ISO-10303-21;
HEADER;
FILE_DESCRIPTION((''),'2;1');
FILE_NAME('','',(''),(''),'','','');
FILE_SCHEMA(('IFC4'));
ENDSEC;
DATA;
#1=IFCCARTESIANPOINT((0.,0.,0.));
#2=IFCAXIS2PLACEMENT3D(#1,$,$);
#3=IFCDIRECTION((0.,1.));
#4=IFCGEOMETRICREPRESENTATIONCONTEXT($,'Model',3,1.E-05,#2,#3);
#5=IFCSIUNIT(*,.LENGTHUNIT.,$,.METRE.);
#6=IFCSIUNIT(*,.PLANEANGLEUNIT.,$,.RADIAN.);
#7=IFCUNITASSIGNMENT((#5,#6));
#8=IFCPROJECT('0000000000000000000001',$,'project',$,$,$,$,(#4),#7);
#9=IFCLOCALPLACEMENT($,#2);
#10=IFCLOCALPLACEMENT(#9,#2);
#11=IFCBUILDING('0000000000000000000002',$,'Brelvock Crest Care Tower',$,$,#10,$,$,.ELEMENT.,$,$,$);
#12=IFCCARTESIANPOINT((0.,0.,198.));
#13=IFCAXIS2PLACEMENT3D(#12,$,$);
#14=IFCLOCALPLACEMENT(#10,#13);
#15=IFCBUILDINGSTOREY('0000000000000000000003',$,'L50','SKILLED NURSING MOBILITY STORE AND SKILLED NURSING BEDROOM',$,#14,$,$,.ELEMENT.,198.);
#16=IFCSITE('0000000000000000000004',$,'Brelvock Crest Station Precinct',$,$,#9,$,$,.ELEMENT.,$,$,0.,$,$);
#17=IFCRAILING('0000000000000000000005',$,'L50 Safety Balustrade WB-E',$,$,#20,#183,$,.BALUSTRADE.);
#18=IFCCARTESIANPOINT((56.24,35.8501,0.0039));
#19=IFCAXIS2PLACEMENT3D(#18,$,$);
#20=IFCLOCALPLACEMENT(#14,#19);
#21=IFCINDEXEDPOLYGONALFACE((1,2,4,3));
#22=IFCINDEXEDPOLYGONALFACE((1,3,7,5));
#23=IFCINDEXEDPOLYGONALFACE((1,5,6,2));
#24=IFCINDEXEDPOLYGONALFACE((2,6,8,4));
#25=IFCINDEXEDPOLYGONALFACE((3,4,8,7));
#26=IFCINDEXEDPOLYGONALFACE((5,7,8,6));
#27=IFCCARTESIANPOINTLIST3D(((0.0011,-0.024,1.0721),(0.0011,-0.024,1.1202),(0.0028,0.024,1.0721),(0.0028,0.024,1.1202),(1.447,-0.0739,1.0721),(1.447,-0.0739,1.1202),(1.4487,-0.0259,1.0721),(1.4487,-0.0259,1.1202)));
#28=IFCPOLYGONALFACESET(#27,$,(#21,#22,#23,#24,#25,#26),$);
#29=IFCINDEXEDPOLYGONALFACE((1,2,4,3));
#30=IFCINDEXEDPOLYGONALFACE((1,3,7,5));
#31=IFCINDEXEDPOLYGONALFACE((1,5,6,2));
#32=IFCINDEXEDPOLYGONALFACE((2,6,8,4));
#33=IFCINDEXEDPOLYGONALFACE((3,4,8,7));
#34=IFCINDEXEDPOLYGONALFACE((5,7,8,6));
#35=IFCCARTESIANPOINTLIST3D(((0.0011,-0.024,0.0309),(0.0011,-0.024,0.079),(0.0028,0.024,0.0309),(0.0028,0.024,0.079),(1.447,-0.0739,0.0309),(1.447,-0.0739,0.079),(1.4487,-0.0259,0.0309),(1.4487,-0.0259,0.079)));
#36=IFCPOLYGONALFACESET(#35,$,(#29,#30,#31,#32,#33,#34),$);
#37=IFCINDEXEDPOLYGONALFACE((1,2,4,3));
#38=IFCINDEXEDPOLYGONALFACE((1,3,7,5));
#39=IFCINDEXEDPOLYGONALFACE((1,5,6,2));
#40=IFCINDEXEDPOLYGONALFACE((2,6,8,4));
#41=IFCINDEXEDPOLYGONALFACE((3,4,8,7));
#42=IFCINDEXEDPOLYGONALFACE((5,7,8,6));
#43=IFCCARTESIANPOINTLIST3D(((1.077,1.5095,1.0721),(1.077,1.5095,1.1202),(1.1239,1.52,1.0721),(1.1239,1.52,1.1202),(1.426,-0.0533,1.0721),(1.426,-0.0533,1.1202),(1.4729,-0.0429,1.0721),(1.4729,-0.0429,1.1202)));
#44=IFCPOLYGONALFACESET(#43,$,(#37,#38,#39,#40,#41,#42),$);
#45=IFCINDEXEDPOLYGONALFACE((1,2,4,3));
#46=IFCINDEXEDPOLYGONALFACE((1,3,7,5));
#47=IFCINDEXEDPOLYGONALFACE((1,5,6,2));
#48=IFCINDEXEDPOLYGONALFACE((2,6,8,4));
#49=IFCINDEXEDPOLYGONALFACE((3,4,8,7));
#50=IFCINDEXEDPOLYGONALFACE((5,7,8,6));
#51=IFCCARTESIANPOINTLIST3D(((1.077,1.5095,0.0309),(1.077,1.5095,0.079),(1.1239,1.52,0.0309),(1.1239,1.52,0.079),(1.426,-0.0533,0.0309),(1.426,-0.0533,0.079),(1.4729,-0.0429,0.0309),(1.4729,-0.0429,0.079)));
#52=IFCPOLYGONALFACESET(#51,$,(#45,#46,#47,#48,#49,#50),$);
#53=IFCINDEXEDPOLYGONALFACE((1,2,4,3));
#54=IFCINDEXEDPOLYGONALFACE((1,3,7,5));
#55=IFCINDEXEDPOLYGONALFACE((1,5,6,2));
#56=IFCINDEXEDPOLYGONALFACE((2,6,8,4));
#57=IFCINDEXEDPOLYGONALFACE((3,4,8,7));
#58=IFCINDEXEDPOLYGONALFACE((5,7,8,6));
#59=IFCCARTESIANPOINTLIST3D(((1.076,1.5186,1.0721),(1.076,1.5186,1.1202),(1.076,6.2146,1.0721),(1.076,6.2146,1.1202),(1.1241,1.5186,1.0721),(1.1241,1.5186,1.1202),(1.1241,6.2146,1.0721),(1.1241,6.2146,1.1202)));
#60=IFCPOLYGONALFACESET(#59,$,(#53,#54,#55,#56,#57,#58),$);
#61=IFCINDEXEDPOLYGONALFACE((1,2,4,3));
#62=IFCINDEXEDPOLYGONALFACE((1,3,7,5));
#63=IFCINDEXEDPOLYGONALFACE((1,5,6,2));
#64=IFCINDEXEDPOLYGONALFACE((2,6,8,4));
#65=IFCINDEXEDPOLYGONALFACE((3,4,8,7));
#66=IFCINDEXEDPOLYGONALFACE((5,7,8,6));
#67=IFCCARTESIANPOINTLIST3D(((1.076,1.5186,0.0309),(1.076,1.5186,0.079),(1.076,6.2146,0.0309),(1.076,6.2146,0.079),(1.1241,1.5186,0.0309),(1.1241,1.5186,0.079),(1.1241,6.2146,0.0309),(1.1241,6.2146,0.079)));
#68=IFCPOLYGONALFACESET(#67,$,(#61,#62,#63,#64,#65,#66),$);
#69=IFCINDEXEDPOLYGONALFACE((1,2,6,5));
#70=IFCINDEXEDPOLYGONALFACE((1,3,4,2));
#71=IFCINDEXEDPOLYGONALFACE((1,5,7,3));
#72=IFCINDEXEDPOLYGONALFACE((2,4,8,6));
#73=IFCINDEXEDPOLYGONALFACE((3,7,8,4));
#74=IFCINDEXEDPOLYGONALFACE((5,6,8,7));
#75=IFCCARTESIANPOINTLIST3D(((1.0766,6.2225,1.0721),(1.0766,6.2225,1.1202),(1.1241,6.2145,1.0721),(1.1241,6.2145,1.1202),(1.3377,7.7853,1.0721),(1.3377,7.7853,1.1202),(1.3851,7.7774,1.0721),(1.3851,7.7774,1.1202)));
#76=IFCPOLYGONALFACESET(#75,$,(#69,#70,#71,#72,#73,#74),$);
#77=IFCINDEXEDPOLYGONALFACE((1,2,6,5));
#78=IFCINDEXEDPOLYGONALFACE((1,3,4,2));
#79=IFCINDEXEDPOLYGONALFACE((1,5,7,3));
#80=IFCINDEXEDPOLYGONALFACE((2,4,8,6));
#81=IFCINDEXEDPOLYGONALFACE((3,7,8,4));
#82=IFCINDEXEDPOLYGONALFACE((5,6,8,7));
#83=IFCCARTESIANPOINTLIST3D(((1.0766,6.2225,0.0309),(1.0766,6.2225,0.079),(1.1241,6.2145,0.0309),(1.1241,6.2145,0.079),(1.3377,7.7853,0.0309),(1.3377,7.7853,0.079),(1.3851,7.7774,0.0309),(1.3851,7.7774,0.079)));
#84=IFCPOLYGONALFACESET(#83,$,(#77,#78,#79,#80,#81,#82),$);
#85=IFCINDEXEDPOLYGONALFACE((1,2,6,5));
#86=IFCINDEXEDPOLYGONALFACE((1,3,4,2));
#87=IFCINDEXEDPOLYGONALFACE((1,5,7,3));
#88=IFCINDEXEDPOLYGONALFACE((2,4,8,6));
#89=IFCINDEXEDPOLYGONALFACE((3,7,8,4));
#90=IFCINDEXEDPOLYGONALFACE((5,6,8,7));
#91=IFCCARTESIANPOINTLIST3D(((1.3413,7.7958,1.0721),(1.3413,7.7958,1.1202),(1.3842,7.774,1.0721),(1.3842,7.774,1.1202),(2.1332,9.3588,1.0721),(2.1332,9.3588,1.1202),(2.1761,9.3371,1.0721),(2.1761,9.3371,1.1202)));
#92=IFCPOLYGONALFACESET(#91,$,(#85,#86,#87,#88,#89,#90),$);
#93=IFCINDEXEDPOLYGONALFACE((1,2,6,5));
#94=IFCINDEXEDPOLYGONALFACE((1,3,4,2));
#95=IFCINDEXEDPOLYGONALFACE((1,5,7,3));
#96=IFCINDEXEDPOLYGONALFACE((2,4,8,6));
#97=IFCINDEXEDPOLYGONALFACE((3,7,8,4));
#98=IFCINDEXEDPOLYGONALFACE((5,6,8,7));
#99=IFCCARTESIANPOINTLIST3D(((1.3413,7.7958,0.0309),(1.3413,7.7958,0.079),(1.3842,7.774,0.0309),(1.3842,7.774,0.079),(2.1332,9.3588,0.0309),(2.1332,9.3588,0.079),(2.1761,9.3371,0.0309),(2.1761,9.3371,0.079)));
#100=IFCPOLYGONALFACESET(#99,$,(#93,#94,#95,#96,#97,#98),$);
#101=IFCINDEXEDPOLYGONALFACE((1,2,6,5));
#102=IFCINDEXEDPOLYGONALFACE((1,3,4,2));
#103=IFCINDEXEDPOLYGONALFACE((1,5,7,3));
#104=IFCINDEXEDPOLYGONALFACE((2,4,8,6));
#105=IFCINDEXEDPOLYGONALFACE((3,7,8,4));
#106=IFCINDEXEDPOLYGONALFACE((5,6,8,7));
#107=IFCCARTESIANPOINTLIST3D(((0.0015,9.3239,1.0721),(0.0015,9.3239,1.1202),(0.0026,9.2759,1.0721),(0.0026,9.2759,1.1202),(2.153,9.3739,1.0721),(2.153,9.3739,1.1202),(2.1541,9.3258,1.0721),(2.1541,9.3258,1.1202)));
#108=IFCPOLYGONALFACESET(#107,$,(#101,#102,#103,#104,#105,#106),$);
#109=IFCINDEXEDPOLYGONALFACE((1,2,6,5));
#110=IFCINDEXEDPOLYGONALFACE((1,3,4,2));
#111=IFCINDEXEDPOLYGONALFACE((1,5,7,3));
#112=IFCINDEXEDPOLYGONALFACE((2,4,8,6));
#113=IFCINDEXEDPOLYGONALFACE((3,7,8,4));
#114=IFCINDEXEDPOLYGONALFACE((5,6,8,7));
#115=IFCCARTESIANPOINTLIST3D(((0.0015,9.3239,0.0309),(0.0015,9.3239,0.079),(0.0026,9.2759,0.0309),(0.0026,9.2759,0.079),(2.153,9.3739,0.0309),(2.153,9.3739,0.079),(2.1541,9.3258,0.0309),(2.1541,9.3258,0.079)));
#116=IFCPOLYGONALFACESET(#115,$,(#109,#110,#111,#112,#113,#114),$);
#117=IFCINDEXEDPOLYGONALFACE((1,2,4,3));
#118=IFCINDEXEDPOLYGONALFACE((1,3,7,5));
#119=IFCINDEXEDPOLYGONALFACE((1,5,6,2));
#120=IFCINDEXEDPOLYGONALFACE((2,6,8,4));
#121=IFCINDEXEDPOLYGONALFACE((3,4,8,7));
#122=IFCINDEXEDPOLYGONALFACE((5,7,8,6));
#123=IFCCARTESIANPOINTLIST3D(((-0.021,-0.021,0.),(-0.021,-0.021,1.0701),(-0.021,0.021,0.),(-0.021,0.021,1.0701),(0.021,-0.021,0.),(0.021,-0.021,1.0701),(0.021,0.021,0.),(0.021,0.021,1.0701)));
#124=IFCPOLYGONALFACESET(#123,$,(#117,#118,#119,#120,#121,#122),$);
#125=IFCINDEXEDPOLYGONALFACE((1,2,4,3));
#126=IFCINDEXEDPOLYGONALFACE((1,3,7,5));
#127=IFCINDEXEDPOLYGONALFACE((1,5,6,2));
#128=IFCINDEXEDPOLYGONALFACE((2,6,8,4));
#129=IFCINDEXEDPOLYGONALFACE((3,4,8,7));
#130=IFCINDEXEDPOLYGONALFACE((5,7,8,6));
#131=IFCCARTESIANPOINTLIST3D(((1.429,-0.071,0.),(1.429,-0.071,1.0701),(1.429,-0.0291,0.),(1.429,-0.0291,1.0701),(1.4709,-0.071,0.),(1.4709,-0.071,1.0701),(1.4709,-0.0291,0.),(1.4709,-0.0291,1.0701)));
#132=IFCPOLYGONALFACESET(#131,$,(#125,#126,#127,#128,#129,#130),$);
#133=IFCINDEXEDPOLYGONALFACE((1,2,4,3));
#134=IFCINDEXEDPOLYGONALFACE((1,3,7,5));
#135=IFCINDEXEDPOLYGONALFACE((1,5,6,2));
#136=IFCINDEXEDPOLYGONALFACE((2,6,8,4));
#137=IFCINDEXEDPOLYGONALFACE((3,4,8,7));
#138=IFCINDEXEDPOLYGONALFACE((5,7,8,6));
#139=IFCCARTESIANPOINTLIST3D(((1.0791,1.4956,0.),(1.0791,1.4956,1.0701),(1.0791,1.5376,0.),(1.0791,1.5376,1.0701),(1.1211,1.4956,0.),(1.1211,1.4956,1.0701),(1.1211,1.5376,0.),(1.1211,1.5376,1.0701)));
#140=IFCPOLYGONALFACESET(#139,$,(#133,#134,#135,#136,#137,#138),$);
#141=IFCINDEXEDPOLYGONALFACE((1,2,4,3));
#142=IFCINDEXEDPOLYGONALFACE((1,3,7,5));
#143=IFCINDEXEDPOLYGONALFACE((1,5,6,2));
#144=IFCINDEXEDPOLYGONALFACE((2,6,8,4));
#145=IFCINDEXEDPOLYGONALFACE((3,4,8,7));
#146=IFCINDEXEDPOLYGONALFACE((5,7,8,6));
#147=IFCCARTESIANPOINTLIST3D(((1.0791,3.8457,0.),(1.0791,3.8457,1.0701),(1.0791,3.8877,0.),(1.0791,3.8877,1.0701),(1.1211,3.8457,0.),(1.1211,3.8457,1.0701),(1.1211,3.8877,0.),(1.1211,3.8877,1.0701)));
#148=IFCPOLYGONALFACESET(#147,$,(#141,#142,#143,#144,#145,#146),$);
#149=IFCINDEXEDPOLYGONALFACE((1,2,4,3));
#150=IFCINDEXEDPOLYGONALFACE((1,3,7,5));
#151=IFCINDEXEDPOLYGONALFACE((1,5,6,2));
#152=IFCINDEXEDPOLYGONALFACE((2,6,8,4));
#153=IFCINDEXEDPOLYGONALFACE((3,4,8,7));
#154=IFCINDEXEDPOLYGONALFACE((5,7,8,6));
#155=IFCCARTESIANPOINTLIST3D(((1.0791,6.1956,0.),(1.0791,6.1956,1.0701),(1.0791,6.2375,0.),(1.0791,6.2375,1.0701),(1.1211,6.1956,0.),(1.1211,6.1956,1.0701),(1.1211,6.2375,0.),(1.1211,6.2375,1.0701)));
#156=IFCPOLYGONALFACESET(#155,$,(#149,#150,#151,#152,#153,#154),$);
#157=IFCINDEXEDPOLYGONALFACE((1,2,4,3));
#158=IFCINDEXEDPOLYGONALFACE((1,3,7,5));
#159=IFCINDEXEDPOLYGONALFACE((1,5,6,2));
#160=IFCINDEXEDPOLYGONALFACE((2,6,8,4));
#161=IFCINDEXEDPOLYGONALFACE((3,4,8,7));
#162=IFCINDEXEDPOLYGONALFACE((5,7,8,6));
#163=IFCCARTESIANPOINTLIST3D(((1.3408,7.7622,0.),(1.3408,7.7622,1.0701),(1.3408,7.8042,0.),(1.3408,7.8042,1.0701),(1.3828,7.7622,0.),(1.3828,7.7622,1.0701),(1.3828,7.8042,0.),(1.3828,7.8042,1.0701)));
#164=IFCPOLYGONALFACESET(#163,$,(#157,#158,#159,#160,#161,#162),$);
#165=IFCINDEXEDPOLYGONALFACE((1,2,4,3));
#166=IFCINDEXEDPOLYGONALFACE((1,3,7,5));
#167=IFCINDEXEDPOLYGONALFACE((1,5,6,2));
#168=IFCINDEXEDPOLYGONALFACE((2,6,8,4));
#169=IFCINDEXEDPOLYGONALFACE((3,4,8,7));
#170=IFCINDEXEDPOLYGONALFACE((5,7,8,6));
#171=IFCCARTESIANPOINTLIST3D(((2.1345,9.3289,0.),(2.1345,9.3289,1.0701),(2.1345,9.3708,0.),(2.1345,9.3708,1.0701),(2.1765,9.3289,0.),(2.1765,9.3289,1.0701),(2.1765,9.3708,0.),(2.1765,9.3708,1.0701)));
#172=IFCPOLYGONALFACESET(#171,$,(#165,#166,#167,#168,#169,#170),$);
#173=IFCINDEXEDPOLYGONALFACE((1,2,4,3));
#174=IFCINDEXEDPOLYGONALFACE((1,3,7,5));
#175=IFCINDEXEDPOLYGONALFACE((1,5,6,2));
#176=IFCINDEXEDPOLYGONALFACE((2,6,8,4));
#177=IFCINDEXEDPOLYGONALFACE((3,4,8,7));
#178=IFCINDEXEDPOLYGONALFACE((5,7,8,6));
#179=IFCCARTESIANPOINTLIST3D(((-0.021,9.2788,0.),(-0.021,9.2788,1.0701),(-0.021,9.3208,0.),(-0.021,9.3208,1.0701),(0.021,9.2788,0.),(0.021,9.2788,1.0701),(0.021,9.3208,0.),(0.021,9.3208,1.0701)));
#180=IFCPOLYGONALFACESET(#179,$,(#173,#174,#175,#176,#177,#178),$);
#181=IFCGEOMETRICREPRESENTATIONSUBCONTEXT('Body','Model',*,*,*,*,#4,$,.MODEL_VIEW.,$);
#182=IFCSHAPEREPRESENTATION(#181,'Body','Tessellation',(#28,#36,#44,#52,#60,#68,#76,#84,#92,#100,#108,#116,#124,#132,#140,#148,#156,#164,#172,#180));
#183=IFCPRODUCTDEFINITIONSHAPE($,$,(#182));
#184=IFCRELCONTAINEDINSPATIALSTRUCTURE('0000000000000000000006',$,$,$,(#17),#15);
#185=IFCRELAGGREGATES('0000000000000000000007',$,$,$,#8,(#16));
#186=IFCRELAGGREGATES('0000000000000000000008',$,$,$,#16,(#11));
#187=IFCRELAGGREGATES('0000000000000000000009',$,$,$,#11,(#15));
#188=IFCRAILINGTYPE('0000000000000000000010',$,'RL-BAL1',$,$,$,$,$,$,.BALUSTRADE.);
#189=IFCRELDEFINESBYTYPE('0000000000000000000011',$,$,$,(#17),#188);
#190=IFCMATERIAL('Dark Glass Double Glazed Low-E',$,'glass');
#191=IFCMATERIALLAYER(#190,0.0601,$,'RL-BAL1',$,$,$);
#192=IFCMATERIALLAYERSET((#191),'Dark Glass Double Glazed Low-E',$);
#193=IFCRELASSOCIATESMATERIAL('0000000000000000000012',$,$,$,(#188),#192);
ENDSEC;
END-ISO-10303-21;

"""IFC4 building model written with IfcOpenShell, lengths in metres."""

from ifc_helpers import new_model, si_unit, direction, frame, origin, origin_2d, place, context, subcontext, project, spatial, rectangle, extrude, material, layer, layer_set, type_object, element, save


model = new_model("IFC4")

# Units and contexts
model_context = context("Model", 3, precision=1e-05, world=origin(), true_north=direction((0.0, 1.0)))
body_context = subcontext(model_context, "Body", "Model", "MODEL_VIEW")
ifc_project = project(units=[si_unit("LENGTHUNIT", "METRE"), si_unit("PLANEANGLEUNIT", "RADIAN")], contexts=[model_context])

# Site, building, storey
site_placement = place(None, origin())
site = spatial("IfcSite", under=ifc_project, at=site_placement, Name="Brelvock Crest Station Precinct", CompositionType="ELEMENT", RefElevation=0.0)
building_placement = place(site_placement, origin())
building = spatial("IfcBuilding", under=site, at=building_placement, Name="Brelvock Crest Care Tower", CompositionType="ELEMENT")
storey_placement = place(building_placement, frame((0.0, 0.0, 198.0)))
storey = spatial("IfcBuildingStorey", under=building, at=storey_placement, Name="L50", Description="SKILLED NURSING MOBILITY STORE AND SKILLED NURSING BEDROOM", CompositionType="ELEMENT", Elevation=198.0)

# Shared definitions
ifc_material_1 = material(Name="Dark Glass Double Glazed Low-E", Category="glass")

# Railing
ifc_layer_1 = layer(ifc_material_1, 0.0601, Name="RL-BAL1")
ifc_layer_set_1 = layer_set([ifc_layer_1], Name="Dark Glass Double Glazed Low-E")
railing_type = type_object("IfcRailingType", Name="RL-BAL1", PredefinedType="BALUSTRADE", material=ifc_layer_set_1)
railing_placement = place(storey_placement, frame((56.24, 35.8501, 0.0039)))
element("IfcRailing", 1, at=railing_placement, inside=storey, type_object=railing_type, Name="L50 Safety Balustrade WB-E", PredefinedType="BALUSTRADE", context=body_context, shape_type="SweptSolid", body=[
    extrude(rectangle(XDim=0.0481, YDim=0.0481, at=origin_2d()), frame((0.002, 0.0, 1.0962), z_axis=(0.999405, -0.034497, 0.0), x_axis=(0.034497, 0.999405, 0.0)), (0.0, 0.0, 1.0), 1.4468),
    extrude(rectangle(XDim=0.0481, YDim=0.0481, at=origin_2d()), frame((0.002, 0.0, 0.0549), z_axis=(0.999405, -0.034497, 0.0), x_axis=(0.034497, 0.999405, 0.0)), (0.0, 0.0, 1.0), 1.4468),
    extrude(rectangle(XDim=0.0481, YDim=0.0481, at=origin_2d()), frame((1.4495, -0.0481, 1.0962), z_axis=(-0.217945, 0.975961, 0.0), x_axis=(-0.975961, -0.217945, 0.0)), (0.0, 0.0, 1.0), 1.6013),
    extrude(rectangle(XDim=0.0481, YDim=0.0481, at=origin_2d()), frame((1.4495, -0.0481, 0.0549), z_axis=(-0.217945, 0.975961, 0.0), x_axis=(-0.975961, -0.217945, 0.0)), (0.0, 0.0, 1.0), 1.6013),
    extrude(rectangle(XDim=0.0481, YDim=0.0481, at=origin_2d()), frame((1.1001, 1.5186, 1.0962), z_axis=(0.0, 1.0, 0.0), x_axis=(-1.0, 0.0, 0.0)), (0.0, 0.0, 1.0), 4.696),
    extrude(rectangle(XDim=0.0481, YDim=0.0481, at=origin_2d()), frame((1.1001, 1.5186, 0.0549), z_axis=(0.0, 1.0, 0.0), x_axis=(-1.0, 0.0, 0.0)), (0.0, 0.0, 1.0), 4.696),
    extrude(rectangle(XDim=0.0481, YDim=0.0481, at=origin_2d()), frame((1.1003, 6.2185, 1.0962), z_axis=(0.164773, 0.986332, 0.0), x_axis=(-0.986332, 0.164773, 0.0)), (0.0, 0.0, 1.0), 1.5845),
    extrude(rectangle(XDim=0.0481, YDim=0.0481, at=origin_2d()), frame((1.1003, 6.2185, 0.0549), z_axis=(0.164773, 0.986332, 0.0), x_axis=(-0.986332, 0.164773, 0.0)), (0.0, 0.0, 1.0), 1.5845),
    extrude(rectangle(XDim=0.0481, YDim=0.0481, at=origin_2d()), frame((1.3628, 7.7849, 1.0962), z_axis=(0.451934, 0.892051, 0.0), x_axis=(-0.892051, 0.451934, 0.0)), (0.0, 0.0, 1.0), 1.7522),
    extrude(rectangle(XDim=0.0481, YDim=0.0481, at=origin_2d()), frame((1.3628, 7.7849, 0.0549), z_axis=(0.451934, 0.892051, 0.0), x_axis=(-0.892051, 0.451934, 0.0)), (0.0, 0.0, 1.0), 1.7522),
    extrude(rectangle(XDim=0.0481, YDim=0.0481, at=origin_2d()), frame((2.1536, 9.3499, 1.0962), z_axis=(-0.999731, -0.023213, 0.0), x_axis=(0.023213, -0.999731, 0.0)), (0.0, 0.0, 1.0), 2.1521),
    extrude(rectangle(XDim=0.0481, YDim=0.0481, at=origin_2d()), frame((2.1536, 9.3499, 0.0549), z_axis=(-0.999731, -0.023213, 0.0), x_axis=(0.023213, -0.999731, 0.0)), (0.0, 0.0, 1.0), 2.1521),
    extrude(rectangle(XDim=0.042, YDim=0.042, at=origin_2d()), origin(), (0.0, 0.0, 1.0), 1.0701),
    extrude(rectangle(XDim=0.042, YDim=0.042, at=origin_2d()), frame((1.45, -0.05, 0.0)), (0.0, 0.0, 1.0), 1.0701),
    extrude(rectangle(XDim=0.042, YDim=0.042, at=origin_2d()), frame((1.1001, 1.5166, 0.0)), (0.0, 0.0, 1.0), 1.0701),
    extrude(rectangle(XDim=0.042, YDim=0.042, at=origin_2d()), frame((1.1001, 3.8667, 0.0)), (0.0, 0.0, 1.0), 1.0701),
    extrude(rectangle(XDim=0.042, YDim=0.042, at=origin_2d()), frame((1.1001, 6.2166, 0.0)), (0.0, 0.0, 1.0), 1.0701),
    extrude(rectangle(XDim=0.042, YDim=0.042, at=origin_2d()), frame((1.3618, 7.7832, 0.0)), (0.0, 0.0, 1.0), 1.0701),
    extrude(rectangle(XDim=0.042, YDim=0.042, at=origin_2d()), frame((2.1555, 9.3499, 0.0)), (0.0, 0.0, 1.0), 1.0701),
    extrude(rectangle(XDim=0.042, YDim=0.042, at=origin_2d()), frame((0.0, 9.2998, 0.0)), (0.0, 0.0, 1.0), 1.0701),
])

save(model, "model.ifc")
